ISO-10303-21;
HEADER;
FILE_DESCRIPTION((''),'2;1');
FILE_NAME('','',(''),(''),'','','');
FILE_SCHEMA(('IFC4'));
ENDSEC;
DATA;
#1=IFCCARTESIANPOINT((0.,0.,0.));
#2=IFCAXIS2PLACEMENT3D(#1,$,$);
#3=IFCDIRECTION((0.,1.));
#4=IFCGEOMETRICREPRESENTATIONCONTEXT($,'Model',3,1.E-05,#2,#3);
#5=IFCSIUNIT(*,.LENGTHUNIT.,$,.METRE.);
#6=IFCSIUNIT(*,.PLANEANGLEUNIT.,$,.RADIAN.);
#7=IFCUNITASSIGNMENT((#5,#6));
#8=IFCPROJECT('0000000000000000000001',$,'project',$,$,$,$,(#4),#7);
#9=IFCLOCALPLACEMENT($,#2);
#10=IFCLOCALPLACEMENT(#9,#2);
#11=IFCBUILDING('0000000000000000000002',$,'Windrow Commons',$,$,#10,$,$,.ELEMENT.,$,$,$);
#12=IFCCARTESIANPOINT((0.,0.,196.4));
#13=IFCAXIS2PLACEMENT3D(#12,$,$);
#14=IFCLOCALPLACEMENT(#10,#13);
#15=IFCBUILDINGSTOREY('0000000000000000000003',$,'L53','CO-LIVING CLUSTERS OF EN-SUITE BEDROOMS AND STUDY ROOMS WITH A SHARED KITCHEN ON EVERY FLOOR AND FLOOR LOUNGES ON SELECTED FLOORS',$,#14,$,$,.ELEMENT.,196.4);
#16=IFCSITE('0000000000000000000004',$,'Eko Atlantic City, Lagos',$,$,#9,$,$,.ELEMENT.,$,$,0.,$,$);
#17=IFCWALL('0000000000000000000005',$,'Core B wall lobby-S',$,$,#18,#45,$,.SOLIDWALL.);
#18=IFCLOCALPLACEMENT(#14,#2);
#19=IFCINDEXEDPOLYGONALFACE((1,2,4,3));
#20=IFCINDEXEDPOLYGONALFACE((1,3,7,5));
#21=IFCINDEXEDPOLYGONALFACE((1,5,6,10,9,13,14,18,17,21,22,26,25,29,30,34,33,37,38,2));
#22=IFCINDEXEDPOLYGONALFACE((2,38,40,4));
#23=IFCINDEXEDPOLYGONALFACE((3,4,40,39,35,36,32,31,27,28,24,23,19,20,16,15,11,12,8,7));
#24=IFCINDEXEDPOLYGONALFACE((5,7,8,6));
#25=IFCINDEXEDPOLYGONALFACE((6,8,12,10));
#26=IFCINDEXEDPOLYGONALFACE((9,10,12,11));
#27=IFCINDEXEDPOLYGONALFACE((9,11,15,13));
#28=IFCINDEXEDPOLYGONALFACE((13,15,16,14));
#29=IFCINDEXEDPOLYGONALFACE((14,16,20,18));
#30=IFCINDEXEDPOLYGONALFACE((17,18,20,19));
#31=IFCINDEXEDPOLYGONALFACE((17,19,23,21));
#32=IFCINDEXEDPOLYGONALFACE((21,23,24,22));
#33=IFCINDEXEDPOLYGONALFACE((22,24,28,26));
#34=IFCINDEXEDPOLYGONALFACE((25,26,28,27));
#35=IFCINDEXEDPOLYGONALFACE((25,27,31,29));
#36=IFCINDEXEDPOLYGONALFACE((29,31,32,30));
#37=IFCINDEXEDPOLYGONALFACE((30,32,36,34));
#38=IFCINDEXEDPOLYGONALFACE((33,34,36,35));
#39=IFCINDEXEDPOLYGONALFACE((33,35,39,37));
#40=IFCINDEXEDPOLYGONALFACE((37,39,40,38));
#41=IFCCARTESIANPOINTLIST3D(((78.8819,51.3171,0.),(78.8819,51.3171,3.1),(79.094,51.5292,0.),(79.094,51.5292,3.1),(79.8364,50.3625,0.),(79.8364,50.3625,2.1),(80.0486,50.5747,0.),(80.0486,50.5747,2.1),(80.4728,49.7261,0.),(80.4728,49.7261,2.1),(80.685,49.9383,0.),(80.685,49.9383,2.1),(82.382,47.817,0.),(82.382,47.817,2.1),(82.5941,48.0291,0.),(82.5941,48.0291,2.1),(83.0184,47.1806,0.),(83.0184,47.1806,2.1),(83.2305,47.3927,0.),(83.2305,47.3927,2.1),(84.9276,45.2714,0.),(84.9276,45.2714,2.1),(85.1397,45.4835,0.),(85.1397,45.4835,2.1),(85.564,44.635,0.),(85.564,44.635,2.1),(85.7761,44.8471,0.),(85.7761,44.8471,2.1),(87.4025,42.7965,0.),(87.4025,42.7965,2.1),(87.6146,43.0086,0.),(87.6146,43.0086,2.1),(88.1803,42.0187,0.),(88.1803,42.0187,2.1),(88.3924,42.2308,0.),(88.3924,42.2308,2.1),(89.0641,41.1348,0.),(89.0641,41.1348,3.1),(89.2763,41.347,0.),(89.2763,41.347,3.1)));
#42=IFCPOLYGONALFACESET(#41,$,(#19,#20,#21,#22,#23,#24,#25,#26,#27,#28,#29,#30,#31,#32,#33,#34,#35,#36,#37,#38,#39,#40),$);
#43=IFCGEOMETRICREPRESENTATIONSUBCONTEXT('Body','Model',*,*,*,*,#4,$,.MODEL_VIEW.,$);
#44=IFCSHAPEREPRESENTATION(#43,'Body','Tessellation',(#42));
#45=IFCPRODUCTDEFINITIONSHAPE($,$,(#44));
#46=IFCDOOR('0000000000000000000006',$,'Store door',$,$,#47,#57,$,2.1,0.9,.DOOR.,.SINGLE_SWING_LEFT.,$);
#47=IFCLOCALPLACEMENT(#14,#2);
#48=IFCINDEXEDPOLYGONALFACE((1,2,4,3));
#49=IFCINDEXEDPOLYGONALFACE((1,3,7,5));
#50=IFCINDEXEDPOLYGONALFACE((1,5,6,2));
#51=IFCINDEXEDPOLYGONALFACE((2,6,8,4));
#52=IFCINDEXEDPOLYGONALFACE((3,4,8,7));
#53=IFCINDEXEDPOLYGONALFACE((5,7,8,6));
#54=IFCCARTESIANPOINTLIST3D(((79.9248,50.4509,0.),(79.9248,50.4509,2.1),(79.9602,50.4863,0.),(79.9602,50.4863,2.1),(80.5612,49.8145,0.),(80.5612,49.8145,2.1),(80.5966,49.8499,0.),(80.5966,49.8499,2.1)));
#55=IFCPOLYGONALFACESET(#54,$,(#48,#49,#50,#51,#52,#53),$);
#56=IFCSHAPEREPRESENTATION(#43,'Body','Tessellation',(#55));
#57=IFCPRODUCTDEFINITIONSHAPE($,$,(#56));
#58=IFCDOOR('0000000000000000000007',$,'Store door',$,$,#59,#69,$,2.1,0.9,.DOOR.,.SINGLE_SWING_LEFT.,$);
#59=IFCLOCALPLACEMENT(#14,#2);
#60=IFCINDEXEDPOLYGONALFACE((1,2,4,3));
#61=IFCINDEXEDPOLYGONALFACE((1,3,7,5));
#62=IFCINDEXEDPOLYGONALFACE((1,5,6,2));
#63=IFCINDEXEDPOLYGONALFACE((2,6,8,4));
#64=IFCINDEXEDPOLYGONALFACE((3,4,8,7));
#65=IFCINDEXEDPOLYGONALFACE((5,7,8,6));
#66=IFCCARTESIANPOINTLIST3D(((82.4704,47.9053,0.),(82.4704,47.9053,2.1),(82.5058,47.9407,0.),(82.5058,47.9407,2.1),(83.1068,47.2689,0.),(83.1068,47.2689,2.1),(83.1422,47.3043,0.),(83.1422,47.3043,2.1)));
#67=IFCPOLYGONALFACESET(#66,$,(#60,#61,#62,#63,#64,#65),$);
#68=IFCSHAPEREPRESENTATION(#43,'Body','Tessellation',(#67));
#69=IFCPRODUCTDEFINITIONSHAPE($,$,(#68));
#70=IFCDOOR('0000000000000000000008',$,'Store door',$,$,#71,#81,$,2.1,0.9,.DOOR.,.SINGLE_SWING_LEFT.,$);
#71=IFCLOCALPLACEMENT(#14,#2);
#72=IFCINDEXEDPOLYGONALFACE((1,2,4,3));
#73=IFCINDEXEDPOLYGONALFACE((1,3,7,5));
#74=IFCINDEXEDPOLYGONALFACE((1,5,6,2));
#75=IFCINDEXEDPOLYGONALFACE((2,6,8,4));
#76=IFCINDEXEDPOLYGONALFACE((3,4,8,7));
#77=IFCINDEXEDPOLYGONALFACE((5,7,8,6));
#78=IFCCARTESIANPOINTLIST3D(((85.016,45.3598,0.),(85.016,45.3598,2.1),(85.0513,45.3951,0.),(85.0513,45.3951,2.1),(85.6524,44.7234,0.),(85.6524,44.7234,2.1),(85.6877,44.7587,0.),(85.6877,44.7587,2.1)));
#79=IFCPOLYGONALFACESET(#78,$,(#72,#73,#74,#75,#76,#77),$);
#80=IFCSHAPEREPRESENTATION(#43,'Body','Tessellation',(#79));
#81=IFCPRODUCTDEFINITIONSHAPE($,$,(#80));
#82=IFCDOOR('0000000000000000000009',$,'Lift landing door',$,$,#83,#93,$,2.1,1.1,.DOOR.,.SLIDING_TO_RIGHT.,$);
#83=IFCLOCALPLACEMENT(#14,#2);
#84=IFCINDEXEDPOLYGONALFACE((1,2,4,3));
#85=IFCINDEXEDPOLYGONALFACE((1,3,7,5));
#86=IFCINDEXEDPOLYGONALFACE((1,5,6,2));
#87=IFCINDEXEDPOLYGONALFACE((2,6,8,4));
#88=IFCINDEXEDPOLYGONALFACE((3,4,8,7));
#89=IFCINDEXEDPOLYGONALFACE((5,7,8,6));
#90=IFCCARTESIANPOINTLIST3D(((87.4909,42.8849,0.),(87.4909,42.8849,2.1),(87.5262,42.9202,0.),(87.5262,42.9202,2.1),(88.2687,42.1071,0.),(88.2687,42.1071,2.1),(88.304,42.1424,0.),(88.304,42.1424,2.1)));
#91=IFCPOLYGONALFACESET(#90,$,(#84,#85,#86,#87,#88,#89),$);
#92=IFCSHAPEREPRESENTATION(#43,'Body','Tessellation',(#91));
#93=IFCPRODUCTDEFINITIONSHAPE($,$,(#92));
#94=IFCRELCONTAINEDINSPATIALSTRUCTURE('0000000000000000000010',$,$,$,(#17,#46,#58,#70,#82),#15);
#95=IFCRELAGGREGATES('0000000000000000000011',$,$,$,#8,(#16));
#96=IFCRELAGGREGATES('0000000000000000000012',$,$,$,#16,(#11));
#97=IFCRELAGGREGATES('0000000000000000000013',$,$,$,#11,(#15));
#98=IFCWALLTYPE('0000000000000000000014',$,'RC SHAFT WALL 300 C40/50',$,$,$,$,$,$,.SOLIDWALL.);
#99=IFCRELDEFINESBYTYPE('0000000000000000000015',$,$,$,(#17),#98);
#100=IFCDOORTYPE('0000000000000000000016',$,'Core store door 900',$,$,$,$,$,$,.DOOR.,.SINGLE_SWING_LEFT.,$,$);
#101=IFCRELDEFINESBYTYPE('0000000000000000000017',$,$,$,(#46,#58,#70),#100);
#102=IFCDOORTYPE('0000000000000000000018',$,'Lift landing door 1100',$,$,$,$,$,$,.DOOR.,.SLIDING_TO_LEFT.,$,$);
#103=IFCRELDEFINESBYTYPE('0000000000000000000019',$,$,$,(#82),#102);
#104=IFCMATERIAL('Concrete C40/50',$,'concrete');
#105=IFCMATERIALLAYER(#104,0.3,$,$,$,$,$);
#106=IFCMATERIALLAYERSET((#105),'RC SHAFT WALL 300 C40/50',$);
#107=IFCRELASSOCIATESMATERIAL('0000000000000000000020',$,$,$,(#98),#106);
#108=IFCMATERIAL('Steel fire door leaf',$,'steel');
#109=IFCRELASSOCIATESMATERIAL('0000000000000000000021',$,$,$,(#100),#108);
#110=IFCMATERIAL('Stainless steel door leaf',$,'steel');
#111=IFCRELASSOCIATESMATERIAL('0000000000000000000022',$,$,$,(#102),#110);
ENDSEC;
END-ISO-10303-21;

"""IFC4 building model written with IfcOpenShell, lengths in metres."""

from ifc_helpers import new_model, si_unit, direction, frame, frame_2d, origin, place, context, subcontext, project, spatial, rectangle, extrude, material, layer, layer_set, type_object, element, fill, save


model = new_model("IFC4")

# Units and contexts
model_context = context("Model", 3, precision=1e-05, world=origin(), true_north=direction((0.0, 1.0)))
body_context = subcontext(model_context, "Body", "Model", "MODEL_VIEW")
ifc_project = project(units=[si_unit("LENGTHUNIT", "METRE"), si_unit("PLANEANGLEUNIT", "RADIAN")], contexts=[model_context])

# Site, building, storey
site_placement = place(None, origin())
site = spatial("IfcSite", under=ifc_project, at=site_placement, Name="Eko Atlantic City, Lagos", CompositionType="ELEMENT", RefElevation=0.0)
building_placement = place(site_placement, origin())
building = spatial("IfcBuilding", under=site, at=building_placement, Name="Windrow Commons", CompositionType="ELEMENT")
storey_placement = place(building_placement, frame((0.0, 0.0, 196.4)))
storey = spatial("IfcBuildingStorey", under=building, at=storey_placement, Name="L53", Description="CO-LIVING CLUSTERS OF EN-SUITE BEDROOMS AND STUDY ROOMS WITH A SHARED KITCHEN ON EVERY FLOOR AND FLOOR LOUNGES ON SELECTED FLOORS", CompositionType="ELEMENT", Elevation=196.4)

# Wall, openings, doors
ifc_material_1 = material(Name="Concrete C40/50", Category="concrete")
ifc_layer_1 = layer(ifc_material_1, 0.3)
ifc_layer_set_1 = layer_set([ifc_layer_1], Name="RC SHAFT WALL 300 C40/50")
wall_type_1 = type_object("IfcWallType", Name="RC SHAFT WALL 300 C40/50", PredefinedType="SOLIDWALL", material=ifc_layer_set_1)
wall_1_placement = place(storey_placement, frame((78.9879, 51.4232, 0.0), z_axis=(0.0, 0.0, 1.0), x_axis=(0.707107, -0.707107, 0.0)))
wall_1 = element("IfcWall", 1, at=wall_1_placement, inside=storey, type_object=wall_type_1, Name="Core B wall lobby-S", PredefinedType="SOLIDWALL", context=body_context, shape_type="SweptSolid", body=[
    extrude(rectangle(XDim=14.3999, YDim=0.3, at=frame_2d((7.2, 0.0))), origin(), (0.0, 0.0, 1.0), 3.1),
])
opening_1_placement = place(wall_1_placement, frame((1.35, 0.0, 0.0)))
opening_1 = element("IfcOpeningElement", 2, at=opening_1_placement, cuts=wall_1, PredefinedType="OPENING", context=body_context, shape_type="SweptSolid", body=[
    extrude(rectangle(XDim=0.9, YDim=2.1, at=frame_2d((0.45, 1.05))), frame((0.0, 0.16, 0.0), z_axis=(0.0, -1.0, 0.0), x_axis=(1.0, 0.0, 0.0)), (0.0, 0.0, 1.0), 0.32),
])
opening_2_placement = place(wall_1_placement, frame((4.95, 0.0, 0.0)))
opening_2 = element("IfcOpeningElement", 3, at=opening_2_placement, cuts=wall_1, PredefinedType="OPENING", context=body_context, shape_type="SweptSolid", body=[
    extrude(rectangle(XDim=0.9, YDim=2.1, at=frame_2d((0.45, 1.05))), frame((0.0, 0.16, 0.0), z_axis=(0.0, -1.0, 0.0), x_axis=(1.0, 0.0, 0.0)), (0.0, 0.0, 1.0), 0.32),
])
opening_3_placement = place(wall_1_placement, frame((8.55, 0.0, 0.0)))
opening_3 = element("IfcOpeningElement", 4, at=opening_3_placement, cuts=wall_1, PredefinedType="OPENING", context=body_context, shape_type="SweptSolid", body=[
    extrude(rectangle(XDim=0.9, YDim=2.1, at=frame_2d((0.45, 1.05))), frame((0.0, 0.16, 0.0), z_axis=(0.0, -1.0, 0.0), x_axis=(1.0, 0.0, 0.0)), (0.0, 0.0, 1.0), 0.32),
])
opening_4_placement = place(wall_1_placement, frame((12.05, 0.0, 0.0)))
opening_4 = element("IfcOpeningElement", 5, at=opening_4_placement, cuts=wall_1, PredefinedType="OPENING", context=body_context, shape_type="SweptSolid", body=[
    extrude(rectangle(XDim=1.1, YDim=2.1, at=frame_2d((0.55, 1.05))), frame((0.0, 0.16, 0.0), z_axis=(0.0, -1.0, 0.0), x_axis=(1.0, 0.0, 0.0)), (0.0, 0.0, 1.0), 0.32),
])
ifc_material_2 = material(Name="Steel fire door leaf", Category="steel")
door_type_1 = type_object("IfcDoorType", Name="Core store door 900", OperationType="SINGLE_SWING_LEFT", PredefinedType="DOOR", material=ifc_material_2)
door_1_placement = place(opening_1_placement, origin())
door_1 = element("IfcDoor", 6, at=door_1_placement, inside=storey, type_object=door_type_1, Name="Store door", OperationType="SINGLE_SWING_LEFT", OverallHeight=2.1, OverallWidth=0.9, PredefinedType="DOOR", context=body_context, shape_type="SweptSolid", body=[
    extrude(rectangle(XDim=0.9, YDim=2.1, at=frame_2d((0.45, 1.05))), frame((0.0, 0.025, 0.0), z_axis=(0.0, -1.0, 0.0), x_axis=(1.0, 0.0, 0.0)), (0.0, 0.0, 1.0), 0.05),
])
fill(opening_1, door_1)
door_2_placement = place(opening_2_placement, origin())
door_2 = element("IfcDoor", 7, at=door_2_placement, inside=storey, type_object=door_type_1, Name="Store door", OperationType="SINGLE_SWING_LEFT", OverallHeight=2.1, OverallWidth=0.9, PredefinedType="DOOR", context=body_context, shape_type="SweptSolid", body=[
    extrude(rectangle(XDim=0.9, YDim=2.1, at=frame_2d((0.45, 1.05))), frame((0.0, 0.025, 0.0), z_axis=(0.0, -1.0, 0.0), x_axis=(1.0, 0.0, 0.0)), (0.0, 0.0, 1.0), 0.05),
])
fill(opening_2, door_2)
door_3_placement = place(opening_3_placement, origin())
door_3 = element("IfcDoor", 8, at=door_3_placement, inside=storey, type_object=door_type_1, Name="Store door", OperationType="SINGLE_SWING_LEFT", OverallHeight=2.1, OverallWidth=0.9, PredefinedType="DOOR", context=body_context, shape_type="SweptSolid", body=[
    extrude(rectangle(XDim=0.9, YDim=2.1, at=frame_2d((0.45, 1.05))), frame((0.0, 0.025, 0.0), z_axis=(0.0, -1.0, 0.0), x_axis=(1.0, 0.0, 0.0)), (0.0, 0.0, 1.0), 0.05),
])
fill(opening_3, door_3)
ifc_material_3 = material(Name="Stainless steel door leaf", Category="steel")
door_type_2 = type_object("IfcDoorType", Name="Lift landing door 1100", OperationType="SLIDING_TO_LEFT", PredefinedType="DOOR", material=ifc_material_3)
door_4_placement = place(opening_4_placement, origin())
door_4 = element("IfcDoor", 9, at=door_4_placement, inside=storey, type_object=door_type_2, Name="Lift landing door", OperationType="SLIDING_TO_RIGHT", OverallHeight=2.1, OverallWidth=1.1, PredefinedType="DOOR", context=body_context, shape_type="SweptSolid", body=[
    extrude(rectangle(XDim=1.1, YDim=2.1, at=frame_2d((0.55, 1.05))), frame((0.0, 0.025, 0.0), z_axis=(0.0, -1.0, 0.0), x_axis=(1.0, 0.0, 0.0)), (0.0, 0.0, 1.0), 0.05),
])
fill(opening_4, door_4)

save(model, "model.ifc")
